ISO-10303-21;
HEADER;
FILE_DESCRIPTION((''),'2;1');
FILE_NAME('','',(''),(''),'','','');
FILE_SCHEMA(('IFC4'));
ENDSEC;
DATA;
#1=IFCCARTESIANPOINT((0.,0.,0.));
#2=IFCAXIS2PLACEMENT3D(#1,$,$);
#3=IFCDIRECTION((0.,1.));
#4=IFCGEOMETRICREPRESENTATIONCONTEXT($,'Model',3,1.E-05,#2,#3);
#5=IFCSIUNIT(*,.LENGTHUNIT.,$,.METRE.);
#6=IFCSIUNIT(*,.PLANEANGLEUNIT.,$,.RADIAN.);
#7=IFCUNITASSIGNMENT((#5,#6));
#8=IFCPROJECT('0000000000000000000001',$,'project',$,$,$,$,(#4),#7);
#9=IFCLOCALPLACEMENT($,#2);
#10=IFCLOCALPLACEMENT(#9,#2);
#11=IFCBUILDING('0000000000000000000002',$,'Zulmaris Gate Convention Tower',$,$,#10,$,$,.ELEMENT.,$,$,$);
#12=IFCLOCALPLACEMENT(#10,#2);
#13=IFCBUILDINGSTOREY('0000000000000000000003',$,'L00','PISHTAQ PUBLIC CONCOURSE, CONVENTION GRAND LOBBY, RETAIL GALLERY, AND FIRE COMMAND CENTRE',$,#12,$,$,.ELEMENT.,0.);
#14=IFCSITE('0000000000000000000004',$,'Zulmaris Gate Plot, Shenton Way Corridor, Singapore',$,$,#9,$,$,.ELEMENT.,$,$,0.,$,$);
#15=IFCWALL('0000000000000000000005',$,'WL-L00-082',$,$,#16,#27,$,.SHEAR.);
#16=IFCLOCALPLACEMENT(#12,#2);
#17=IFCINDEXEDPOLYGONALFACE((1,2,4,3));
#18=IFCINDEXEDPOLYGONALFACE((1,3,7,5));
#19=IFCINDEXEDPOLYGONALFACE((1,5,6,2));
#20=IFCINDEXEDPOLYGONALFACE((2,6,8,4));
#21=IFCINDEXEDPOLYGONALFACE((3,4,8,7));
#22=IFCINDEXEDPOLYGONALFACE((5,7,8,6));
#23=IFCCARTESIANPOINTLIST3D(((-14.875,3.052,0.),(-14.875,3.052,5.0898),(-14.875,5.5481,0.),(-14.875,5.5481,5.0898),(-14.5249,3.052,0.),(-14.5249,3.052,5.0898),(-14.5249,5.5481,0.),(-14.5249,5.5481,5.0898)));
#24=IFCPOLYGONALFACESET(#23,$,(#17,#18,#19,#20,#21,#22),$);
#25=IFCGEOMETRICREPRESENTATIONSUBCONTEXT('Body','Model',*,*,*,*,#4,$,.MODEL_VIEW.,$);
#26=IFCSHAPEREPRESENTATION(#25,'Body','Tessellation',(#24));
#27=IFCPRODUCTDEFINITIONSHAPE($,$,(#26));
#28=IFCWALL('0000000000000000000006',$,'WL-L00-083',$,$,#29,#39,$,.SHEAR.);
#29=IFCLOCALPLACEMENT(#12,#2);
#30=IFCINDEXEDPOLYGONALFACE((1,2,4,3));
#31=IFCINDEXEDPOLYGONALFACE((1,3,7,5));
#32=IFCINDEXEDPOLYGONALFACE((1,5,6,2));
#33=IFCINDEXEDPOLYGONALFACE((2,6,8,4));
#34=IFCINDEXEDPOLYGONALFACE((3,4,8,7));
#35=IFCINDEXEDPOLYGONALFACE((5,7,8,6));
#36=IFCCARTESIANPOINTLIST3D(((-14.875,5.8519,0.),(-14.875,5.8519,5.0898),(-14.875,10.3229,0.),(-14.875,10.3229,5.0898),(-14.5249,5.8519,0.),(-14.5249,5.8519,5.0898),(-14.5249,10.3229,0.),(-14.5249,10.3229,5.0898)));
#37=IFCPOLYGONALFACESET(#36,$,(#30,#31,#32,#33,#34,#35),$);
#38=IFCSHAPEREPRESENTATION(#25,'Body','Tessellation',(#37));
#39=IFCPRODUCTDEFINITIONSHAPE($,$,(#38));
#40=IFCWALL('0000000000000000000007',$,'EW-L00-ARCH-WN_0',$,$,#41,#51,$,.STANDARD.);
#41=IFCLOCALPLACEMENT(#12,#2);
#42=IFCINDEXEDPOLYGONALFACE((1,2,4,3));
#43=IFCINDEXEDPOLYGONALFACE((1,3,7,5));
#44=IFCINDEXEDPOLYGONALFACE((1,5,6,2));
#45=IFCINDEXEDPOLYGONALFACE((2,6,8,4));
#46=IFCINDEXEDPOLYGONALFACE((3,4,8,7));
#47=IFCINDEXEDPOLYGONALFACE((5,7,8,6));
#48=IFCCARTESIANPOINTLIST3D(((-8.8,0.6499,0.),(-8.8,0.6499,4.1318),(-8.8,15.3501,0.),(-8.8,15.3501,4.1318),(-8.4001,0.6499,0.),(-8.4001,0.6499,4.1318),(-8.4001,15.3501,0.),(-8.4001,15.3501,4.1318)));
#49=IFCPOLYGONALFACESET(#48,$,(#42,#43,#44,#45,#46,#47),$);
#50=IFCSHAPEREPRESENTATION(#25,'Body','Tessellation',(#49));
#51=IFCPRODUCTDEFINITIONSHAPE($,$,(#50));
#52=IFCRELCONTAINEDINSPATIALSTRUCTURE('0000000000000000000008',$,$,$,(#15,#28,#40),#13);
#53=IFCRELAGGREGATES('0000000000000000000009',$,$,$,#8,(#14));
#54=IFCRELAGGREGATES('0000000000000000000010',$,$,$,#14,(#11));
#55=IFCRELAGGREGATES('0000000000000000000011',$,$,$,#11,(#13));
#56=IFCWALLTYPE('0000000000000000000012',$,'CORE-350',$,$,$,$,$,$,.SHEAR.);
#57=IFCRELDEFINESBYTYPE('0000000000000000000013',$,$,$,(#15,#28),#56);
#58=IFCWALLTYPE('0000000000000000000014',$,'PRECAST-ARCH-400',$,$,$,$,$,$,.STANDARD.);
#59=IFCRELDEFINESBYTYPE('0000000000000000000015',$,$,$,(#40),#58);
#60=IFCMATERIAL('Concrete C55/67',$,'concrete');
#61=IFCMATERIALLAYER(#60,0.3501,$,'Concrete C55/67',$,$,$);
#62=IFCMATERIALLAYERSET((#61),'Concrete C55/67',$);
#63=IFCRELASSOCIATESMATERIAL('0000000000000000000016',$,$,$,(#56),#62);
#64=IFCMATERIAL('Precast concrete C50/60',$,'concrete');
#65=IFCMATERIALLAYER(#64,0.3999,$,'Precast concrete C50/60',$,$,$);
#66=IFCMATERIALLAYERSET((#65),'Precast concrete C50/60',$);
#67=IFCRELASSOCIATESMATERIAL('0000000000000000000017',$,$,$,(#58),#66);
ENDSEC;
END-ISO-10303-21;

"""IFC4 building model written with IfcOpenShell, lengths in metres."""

from ifc_helpers import new_model, si_unit, direction, frame, frame_2d, origin, place, context, subcontext, project, spatial, rectangle, extrude, material, layer, layer_set, type_object, element, save


model = new_model("IFC4")

# Units and contexts
model_context = context("Model", 3, precision=1e-05, world=origin(), true_north=direction((0.0, 1.0)))
body_context = subcontext(model_context, "Body", "Model", "MODEL_VIEW")
ifc_project = project(units=[si_unit("LENGTHUNIT", "METRE"), si_unit("PLANEANGLEUNIT", "RADIAN")], contexts=[model_context])

# Site, building, storey
site_placement = place(None, origin())
site = spatial("IfcSite", under=ifc_project, at=site_placement, Name="Zulmaris Gate Plot, Shenton Way Corridor, Singapore", CompositionType="ELEMENT", RefElevation=0.0)
building_placement = place(site_placement, origin())
building = spatial("IfcBuilding", under=site, at=building_placement, Name="Zulmaris Gate Convention Tower", CompositionType="ELEMENT")
storey_placement = place(building_placement, origin())
storey = spatial("IfcBuildingStorey", under=building, at=storey_placement, Name="L00", Description="PISHTAQ PUBLIC CONCOURSE, CONVENTION GRAND LOBBY, RETAIL GALLERY, AND FIRE COMMAND CENTRE", CompositionType="ELEMENT", Elevation=0.0)

# Walls
ifc_material_1 = material(Name="Concrete C55/67", Category="concrete")
ifc_layer_1 = layer(ifc_material_1, 0.3501, Name="Concrete C55/67")
ifc_layer_set_1 = layer_set([ifc_layer_1], Name="Concrete C55/67")
wall_type_1 = type_object("IfcWallType", Name="CORE-350", PredefinedType="SHEAR", material=ifc_layer_set_1)
wall_1_placement = place(storey_placement, frame((-14.7, 3.052, 0.0), z_axis=(0.0, 0.0, 1.0), x_axis=(0.0, 1.0, 0.0)))
element("IfcWall", 1, at=wall_1_placement, inside=storey, type_object=wall_type_1, Name="WL-L00-082", PredefinedType="SHEAR", context=body_context, shape_type="SweptSolid", body=[
    extrude(rectangle(XDim=2.4961, YDim=0.3501, at=frame_2d((1.248, 0.0))), origin(), (0.0, 0.0, 1.0), 5.0898),
])
wall_2_placement = place(storey_placement, frame((-14.7, 5.8521, 0.0), z_axis=(0.0, 0.0, 1.0), x_axis=(0.0, 1.0, 0.0)))
element("IfcWall", 2, at=wall_2_placement, inside=storey, type_object=wall_type_1, Name="WL-L00-083", PredefinedType="SHEAR", context=body_context, shape_type="SweptSolid", body=[
    extrude(rectangle(XDim=4.4709, YDim=0.3501, at=frame_2d((2.2354, 0.0))), origin(), (0.0, 0.0, 1.0), 5.0898),
])
ifc_material_2 = material(Name="Precast concrete C50/60", Category="concrete")
ifc_layer_2 = layer(ifc_material_2, 0.3999, Name="Precast concrete C50/60")
ifc_layer_set_2 = layer_set([ifc_layer_2], Name="Precast concrete C50/60")
wall_type_2 = type_object("IfcWallType", Name="PRECAST-ARCH-400", PredefinedType="STANDARD", material=ifc_layer_set_2)
wall_3_placement = place(storey_placement, frame((-8.6001, 0.6499, 0.0), z_axis=(0.0, 0.0, 1.0), x_axis=(0.0, 1.0, 0.0)))
element("IfcWall", 3, at=wall_3_placement, inside=storey, type_object=wall_type_2, Name="EW-L00-ARCH-WN_0", PredefinedType="STANDARD", context=body_context, shape_type="SweptSolid", body=[
    extrude(rectangle(XDim=14.7002, YDim=0.3999, at=frame_2d((7.3501, 0.0))), origin(), (0.0, 0.0, 1.0), 4.1318),
])

save(model, "model.ifc")
